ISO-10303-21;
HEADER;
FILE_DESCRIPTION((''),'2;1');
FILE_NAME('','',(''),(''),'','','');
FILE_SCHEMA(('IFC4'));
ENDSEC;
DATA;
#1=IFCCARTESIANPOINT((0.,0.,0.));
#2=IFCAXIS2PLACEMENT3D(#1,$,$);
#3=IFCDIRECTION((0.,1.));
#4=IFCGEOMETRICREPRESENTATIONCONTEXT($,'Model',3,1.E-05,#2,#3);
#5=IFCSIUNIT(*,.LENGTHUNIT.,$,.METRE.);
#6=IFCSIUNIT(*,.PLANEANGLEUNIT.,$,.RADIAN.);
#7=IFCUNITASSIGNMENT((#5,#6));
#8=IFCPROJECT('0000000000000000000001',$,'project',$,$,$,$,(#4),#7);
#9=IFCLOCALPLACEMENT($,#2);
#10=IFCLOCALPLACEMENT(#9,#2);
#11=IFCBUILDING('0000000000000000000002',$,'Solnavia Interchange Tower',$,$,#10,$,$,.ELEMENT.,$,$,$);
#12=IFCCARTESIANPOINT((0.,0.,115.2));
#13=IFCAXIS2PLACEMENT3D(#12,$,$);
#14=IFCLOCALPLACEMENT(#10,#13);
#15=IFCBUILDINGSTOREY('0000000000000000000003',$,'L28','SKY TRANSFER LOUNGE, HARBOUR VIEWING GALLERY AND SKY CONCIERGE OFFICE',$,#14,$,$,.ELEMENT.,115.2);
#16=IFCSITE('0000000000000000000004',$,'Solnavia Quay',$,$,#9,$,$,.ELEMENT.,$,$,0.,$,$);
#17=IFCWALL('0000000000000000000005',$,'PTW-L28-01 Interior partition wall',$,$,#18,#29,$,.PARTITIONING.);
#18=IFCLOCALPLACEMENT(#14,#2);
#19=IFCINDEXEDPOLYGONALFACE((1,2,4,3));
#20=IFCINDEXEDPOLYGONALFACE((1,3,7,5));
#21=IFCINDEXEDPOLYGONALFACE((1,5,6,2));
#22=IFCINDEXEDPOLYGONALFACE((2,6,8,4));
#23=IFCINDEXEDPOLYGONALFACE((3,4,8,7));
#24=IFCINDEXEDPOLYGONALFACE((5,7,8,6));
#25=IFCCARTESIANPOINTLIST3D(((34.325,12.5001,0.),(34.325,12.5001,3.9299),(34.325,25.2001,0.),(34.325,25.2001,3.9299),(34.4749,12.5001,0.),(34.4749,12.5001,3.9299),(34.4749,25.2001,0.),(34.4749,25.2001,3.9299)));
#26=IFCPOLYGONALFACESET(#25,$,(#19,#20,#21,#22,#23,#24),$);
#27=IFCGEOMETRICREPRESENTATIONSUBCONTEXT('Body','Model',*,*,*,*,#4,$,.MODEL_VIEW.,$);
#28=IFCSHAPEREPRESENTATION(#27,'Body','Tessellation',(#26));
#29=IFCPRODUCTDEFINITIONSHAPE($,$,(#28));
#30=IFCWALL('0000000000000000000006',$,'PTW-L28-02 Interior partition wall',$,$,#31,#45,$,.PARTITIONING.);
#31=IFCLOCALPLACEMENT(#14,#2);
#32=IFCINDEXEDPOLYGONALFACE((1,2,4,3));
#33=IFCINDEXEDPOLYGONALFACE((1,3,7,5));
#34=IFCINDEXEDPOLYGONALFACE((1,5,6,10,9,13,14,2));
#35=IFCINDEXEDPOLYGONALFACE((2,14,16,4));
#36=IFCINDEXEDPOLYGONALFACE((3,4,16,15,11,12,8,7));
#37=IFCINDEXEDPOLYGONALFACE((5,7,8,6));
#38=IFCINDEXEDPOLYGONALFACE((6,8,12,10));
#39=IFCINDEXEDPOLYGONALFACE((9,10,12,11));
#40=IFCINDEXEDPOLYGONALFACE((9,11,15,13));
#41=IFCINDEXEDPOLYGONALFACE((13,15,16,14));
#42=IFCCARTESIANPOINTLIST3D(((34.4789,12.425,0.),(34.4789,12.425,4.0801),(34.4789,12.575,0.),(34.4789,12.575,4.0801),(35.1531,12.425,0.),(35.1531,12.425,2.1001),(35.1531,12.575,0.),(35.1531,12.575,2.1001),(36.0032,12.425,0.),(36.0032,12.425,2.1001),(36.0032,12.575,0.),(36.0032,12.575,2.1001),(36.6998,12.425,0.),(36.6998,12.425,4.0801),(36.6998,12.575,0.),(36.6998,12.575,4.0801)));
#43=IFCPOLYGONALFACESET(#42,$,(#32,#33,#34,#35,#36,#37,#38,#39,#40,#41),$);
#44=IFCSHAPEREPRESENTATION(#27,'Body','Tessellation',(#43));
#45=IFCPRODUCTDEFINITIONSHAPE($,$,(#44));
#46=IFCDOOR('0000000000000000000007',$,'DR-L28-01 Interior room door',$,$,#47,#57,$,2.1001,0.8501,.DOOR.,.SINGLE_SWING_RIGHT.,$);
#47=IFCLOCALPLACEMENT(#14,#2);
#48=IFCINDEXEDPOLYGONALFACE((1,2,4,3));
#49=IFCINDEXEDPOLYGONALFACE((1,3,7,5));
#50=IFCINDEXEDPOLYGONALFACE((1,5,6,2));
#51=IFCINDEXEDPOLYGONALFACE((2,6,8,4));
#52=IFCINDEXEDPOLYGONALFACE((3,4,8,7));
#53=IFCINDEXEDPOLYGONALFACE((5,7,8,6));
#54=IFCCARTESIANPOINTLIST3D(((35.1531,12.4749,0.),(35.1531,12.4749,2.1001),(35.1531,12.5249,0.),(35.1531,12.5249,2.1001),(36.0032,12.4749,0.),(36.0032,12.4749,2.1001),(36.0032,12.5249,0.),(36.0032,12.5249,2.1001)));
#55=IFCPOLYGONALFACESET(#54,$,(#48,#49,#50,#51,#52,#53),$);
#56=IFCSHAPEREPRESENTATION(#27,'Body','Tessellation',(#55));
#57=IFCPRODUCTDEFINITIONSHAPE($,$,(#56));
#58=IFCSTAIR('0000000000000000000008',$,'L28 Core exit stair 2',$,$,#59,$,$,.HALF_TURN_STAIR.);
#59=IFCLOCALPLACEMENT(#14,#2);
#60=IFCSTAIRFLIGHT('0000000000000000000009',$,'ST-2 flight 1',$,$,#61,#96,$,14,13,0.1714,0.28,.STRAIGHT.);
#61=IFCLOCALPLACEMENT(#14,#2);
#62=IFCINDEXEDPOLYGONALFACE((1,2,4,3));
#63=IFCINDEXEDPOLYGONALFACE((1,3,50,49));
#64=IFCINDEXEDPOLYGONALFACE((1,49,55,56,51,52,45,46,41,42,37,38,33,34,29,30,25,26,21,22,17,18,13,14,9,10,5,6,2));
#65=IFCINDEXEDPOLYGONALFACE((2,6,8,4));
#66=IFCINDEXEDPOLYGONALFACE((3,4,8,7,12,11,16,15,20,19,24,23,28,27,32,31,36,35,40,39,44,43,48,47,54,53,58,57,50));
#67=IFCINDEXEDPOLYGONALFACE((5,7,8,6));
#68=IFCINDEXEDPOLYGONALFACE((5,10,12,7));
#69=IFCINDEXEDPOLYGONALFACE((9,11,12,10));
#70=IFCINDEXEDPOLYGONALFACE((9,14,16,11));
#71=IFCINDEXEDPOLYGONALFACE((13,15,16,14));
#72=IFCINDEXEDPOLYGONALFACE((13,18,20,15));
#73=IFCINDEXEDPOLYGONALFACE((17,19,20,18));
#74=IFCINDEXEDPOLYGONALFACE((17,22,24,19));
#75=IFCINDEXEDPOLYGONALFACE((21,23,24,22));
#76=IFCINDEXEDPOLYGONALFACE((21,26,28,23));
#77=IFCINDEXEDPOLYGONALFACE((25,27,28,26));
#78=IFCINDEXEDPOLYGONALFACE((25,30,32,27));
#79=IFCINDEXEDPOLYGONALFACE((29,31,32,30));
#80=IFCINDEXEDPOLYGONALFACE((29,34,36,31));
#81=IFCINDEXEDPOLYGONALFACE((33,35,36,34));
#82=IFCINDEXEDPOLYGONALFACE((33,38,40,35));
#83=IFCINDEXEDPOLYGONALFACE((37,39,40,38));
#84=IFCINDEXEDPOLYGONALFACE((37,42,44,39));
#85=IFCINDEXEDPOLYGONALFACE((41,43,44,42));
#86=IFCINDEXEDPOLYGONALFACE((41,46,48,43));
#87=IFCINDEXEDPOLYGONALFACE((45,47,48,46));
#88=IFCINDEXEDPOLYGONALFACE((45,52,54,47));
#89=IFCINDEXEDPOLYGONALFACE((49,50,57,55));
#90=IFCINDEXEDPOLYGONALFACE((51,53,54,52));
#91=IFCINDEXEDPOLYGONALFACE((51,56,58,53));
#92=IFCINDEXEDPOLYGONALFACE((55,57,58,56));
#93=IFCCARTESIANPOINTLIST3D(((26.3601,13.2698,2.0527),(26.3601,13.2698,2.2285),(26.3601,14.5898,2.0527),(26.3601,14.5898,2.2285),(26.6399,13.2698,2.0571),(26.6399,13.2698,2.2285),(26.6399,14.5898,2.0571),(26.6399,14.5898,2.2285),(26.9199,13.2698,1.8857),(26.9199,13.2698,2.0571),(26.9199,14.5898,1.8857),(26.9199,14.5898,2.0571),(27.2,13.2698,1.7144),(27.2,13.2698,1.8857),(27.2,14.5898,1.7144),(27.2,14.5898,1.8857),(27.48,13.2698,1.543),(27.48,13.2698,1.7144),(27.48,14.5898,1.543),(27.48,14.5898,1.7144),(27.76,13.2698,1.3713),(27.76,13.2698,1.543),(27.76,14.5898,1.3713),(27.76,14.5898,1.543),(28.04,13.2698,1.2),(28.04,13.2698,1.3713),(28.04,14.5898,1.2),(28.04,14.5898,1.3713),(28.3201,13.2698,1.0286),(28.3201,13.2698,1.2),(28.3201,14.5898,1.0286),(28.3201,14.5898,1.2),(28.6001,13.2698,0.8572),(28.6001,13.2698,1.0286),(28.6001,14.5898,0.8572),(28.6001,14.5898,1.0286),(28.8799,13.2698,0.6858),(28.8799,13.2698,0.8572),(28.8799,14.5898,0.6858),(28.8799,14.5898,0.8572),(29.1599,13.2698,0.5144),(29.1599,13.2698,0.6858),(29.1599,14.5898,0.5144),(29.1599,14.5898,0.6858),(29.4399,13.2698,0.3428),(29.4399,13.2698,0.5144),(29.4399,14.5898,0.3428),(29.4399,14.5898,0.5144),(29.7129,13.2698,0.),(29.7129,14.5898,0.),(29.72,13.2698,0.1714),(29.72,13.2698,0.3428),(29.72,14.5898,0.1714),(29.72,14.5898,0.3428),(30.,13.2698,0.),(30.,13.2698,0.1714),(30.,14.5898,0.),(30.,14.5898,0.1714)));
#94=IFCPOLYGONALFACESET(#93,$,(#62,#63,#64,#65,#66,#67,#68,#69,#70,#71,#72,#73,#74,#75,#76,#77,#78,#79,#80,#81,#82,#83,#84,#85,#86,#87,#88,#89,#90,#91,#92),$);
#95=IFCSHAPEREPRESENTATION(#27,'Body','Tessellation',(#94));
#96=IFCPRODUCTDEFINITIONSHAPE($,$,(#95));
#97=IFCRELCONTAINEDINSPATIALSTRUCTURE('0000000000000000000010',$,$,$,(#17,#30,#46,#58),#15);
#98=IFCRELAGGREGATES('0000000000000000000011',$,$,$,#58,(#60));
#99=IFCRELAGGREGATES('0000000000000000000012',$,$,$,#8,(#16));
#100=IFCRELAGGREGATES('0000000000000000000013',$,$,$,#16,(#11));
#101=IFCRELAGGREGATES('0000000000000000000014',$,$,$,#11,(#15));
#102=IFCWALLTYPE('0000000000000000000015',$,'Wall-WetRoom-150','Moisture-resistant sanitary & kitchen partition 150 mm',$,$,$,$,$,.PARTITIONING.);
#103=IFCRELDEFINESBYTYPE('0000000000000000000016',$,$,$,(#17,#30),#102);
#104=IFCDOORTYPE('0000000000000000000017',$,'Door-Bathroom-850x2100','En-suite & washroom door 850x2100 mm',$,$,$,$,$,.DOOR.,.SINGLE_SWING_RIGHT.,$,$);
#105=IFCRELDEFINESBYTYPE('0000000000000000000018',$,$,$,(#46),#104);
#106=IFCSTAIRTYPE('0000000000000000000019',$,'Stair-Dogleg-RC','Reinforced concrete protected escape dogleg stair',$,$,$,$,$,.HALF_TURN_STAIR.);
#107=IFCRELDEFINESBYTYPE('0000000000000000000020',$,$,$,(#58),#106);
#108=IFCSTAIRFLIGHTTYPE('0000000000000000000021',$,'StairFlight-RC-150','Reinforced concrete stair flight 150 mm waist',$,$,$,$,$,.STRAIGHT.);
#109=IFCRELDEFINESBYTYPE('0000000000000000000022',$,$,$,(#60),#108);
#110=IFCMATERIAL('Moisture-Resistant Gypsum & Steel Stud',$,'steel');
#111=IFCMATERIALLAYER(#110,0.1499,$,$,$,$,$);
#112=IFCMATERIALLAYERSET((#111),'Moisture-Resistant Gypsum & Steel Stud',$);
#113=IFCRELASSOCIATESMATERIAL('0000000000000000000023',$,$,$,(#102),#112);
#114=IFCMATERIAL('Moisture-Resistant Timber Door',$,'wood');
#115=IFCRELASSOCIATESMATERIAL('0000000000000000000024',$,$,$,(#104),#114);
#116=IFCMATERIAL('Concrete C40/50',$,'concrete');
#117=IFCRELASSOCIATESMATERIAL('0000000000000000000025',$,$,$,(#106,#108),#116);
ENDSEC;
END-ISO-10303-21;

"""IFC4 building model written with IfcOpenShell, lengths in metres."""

from ifc_helpers import new_model, si_unit, direction, frame, frame_2d, origin, place, context, subcontext, project, spatial, polyline, rectangle, outline, extrude, material, layer, layer_set, type_object, element, fill, aggregate, save


model = new_model("IFC4")

# Units and contexts
model_context = context("Model", 3, precision=1e-05, world=origin(), true_north=direction((0.0, 1.0)))
body_context = subcontext(model_context, "Body", "Model", "MODEL_VIEW")
ifc_project = project(units=[si_unit("LENGTHUNIT", "METRE"), si_unit("PLANEANGLEUNIT", "RADIAN")], contexts=[model_context])

# Site, building, storey
site_placement = place(None, origin())
site = spatial("IfcSite", under=ifc_project, at=site_placement, Name="Solnavia Quay", CompositionType="ELEMENT", RefElevation=0.0)
building_placement = place(site_placement, origin())
building = spatial("IfcBuilding", under=site, at=building_placement, Name="Solnavia Interchange Tower", CompositionType="ELEMENT")
storey_placement = place(building_placement, frame((0.0, 0.0, 115.2)))
storey = spatial("IfcBuildingStorey", under=building, at=storey_placement, Name="L28", Description="SKY TRANSFER LOUNGE, HARBOUR VIEWING GALLERY AND SKY CONCIERGE OFFICE", CompositionType="ELEMENT", Elevation=115.2)

# Shared definitions
ifc_material_1 = material(Name="Concrete C40/50", Category="concrete")

# Wall
ifc_material_2 = material(Name="Moisture-Resistant Gypsum & Steel Stud", Category="steel")
ifc_layer_1 = layer(ifc_material_2, 0.1499)
ifc_layer_set_1 = layer_set([ifc_layer_1], Name="Moisture-Resistant Gypsum & Steel Stud")
wall_type_1 = type_object("IfcWallType", Name="Wall-WetRoom-150", Description="Moisture-resistant sanitary & kitchen partition 150 mm", PredefinedType="PARTITIONING", material=ifc_layer_set_1)
wall_1_placement = place(storey_placement, frame((34.3999, 12.5, 0.0), z_axis=(0.0, 0.0, 1.0), x_axis=(0.0, 1.0, 0.0)))
element("IfcWall", 1, at=wall_1_placement, inside=storey, type_object=wall_type_1, Name="PTW-L28-01 Interior partition wall", PredefinedType="PARTITIONING", context=body_context, shape_type="SweptSolid", body=[
    extrude(rectangle(XDim=12.7, YDim=0.1499, at=frame_2d((6.3501, 0.0))), origin(), (0.0, 0.0, 1.0), 3.9299),
])

# Wall, opening, door
wall_2_placement = place(storey_placement, frame((34.479, 12.5, 0.0), z_axis=(0.0, 0.0, 1.0), x_axis=(1.0, 0.0, 0.0)))
wall_2 = element("IfcWall", 2, at=wall_2_placement, inside=storey, type_object=wall_type_1, Name="PTW-L28-02 Interior partition wall", PredefinedType="PARTITIONING", context=body_context, shape_type="SweptSolid", body=[
    extrude(rectangle(XDim=2.2209, YDim=0.1499, at=frame_2d((1.1104, 0.0))), origin(), (0.0, 0.0, 1.0), 4.0801),
])
opening_1_placement = place(wall_2_placement, frame((0.6741, 0.0, 0.0)))
opening_1 = element("IfcOpeningElement", 3, at=opening_1_placement, cuts=wall_2, PredefinedType="OPENING", context=body_context, shape_type="SweptSolid", body=[
    extrude(rectangle(XDim=0.8501, YDim=2.1001, at=frame_2d((0.425, 1.05))), frame((0.0, 0.085, 0.0), z_axis=(0.0, -1.0, 0.0), x_axis=(1.0, 0.0, 0.0)), (0.0, 0.0, 1.0), 0.1699),
])
ifc_material_3 = material(Name="Moisture-Resistant Timber Door", Category="wood")
door_type_1 = type_object("IfcDoorType", Name="Door-Bathroom-850x2100", Description="En-suite & washroom door 850x2100 mm", OperationType="SINGLE_SWING_RIGHT", PredefinedType="DOOR", material=ifc_material_3)
door_1_placement = place(opening_1_placement, origin())
door_1 = element("IfcDoor", 4, at=door_1_placement, inside=storey, type_object=door_type_1, Name="DR-L28-01 Interior room door", OperationType="SINGLE_SWING_RIGHT", OverallHeight=2.1001, OverallWidth=0.8501, PredefinedType="DOOR", context=body_context, shape_type="SweptSolid", body=[
    extrude(rectangle(XDim=0.8501, YDim=2.1001, at=frame_2d((0.425, 1.05))), frame((0.0, 0.0249, 0.0), z_axis=(0.0, -1.0, 0.0), x_axis=(1.0, 0.0, 0.0)), (0.0, 0.0, 1.0), 0.05),
])
fill(opening_1, door_1)

# Stair, stair flight
stair_type = type_object("IfcStairType", Name="Stair-Dogleg-RC", Description="Reinforced concrete protected escape dogleg stair", PredefinedType="HALF_TURN_STAIR", material=ifc_material_1)
stair_placement = place(storey_placement, origin())
stair = element("IfcStair", 5, at=stair_placement, inside=storey, type_object=stair_type, Name="L28 Core exit stair 2", PredefinedType="HALF_TURN_STAIR")
stair_flight_type = type_object("IfcStairFlightType", Name="StairFlight-RC-150", Description="Reinforced concrete stair flight 150 mm waist", PredefinedType="STRAIGHT", material=ifc_material_1)
stair_flight_placement = place(storey_placement, frame((30.0, 13.9299, 0.0), z_axis=(0.0, 0.0, 1.0), x_axis=(-1.0, 0.0, 0.0)))
stair_flight = element("IfcStairFlight", 6, at=stair_flight_placement, type_object=stair_flight_type, Name="ST-2 flight 1", NumberOfRisers=14, NumberOfTreads=13, PredefinedType="STRAIGHT", RiserHeight=0.1714, TreadLength=0.28, context=body_context, shape_type="SweptSolid", body=[
    extrude(outline(polyline([(0.0, 0.0), (0.0, 0.1714), (0.28, 0.1714), (0.28, 0.3428), (0.5601, 0.3428), (0.5601, 0.5144), (0.8401, 0.5144), (0.8401, 0.6858), (1.1201, 0.6858), (1.1201, 0.8572), (1.3999, 0.8572), (1.3999, 1.0286), (1.6799, 1.0286), (1.6799, 1.2), (1.96, 1.2), (1.96, 1.3713), (2.24, 1.3713), (2.24, 1.543), (2.52, 1.543), (2.52, 1.7144), (2.8, 1.7144), (2.8, 1.8857), (3.0801, 1.8857), (3.0801, 2.0571), (3.3601, 2.0571), (3.3601, 2.2285), (3.6399, 2.2285), (3.6399, 2.3999), (3.6399, 2.0527), (0.2871, 0.0), (0.0, 0.0)])), frame((0.0, 0.6602, 0.0), z_axis=(0.0, -1.0, 0.0), x_axis=(1.0, 0.0, 0.0)), (0.0, 0.0, 1.0), 1.3201),
])
aggregate(stair, [stair_flight])

save(model, "model.ifc")
